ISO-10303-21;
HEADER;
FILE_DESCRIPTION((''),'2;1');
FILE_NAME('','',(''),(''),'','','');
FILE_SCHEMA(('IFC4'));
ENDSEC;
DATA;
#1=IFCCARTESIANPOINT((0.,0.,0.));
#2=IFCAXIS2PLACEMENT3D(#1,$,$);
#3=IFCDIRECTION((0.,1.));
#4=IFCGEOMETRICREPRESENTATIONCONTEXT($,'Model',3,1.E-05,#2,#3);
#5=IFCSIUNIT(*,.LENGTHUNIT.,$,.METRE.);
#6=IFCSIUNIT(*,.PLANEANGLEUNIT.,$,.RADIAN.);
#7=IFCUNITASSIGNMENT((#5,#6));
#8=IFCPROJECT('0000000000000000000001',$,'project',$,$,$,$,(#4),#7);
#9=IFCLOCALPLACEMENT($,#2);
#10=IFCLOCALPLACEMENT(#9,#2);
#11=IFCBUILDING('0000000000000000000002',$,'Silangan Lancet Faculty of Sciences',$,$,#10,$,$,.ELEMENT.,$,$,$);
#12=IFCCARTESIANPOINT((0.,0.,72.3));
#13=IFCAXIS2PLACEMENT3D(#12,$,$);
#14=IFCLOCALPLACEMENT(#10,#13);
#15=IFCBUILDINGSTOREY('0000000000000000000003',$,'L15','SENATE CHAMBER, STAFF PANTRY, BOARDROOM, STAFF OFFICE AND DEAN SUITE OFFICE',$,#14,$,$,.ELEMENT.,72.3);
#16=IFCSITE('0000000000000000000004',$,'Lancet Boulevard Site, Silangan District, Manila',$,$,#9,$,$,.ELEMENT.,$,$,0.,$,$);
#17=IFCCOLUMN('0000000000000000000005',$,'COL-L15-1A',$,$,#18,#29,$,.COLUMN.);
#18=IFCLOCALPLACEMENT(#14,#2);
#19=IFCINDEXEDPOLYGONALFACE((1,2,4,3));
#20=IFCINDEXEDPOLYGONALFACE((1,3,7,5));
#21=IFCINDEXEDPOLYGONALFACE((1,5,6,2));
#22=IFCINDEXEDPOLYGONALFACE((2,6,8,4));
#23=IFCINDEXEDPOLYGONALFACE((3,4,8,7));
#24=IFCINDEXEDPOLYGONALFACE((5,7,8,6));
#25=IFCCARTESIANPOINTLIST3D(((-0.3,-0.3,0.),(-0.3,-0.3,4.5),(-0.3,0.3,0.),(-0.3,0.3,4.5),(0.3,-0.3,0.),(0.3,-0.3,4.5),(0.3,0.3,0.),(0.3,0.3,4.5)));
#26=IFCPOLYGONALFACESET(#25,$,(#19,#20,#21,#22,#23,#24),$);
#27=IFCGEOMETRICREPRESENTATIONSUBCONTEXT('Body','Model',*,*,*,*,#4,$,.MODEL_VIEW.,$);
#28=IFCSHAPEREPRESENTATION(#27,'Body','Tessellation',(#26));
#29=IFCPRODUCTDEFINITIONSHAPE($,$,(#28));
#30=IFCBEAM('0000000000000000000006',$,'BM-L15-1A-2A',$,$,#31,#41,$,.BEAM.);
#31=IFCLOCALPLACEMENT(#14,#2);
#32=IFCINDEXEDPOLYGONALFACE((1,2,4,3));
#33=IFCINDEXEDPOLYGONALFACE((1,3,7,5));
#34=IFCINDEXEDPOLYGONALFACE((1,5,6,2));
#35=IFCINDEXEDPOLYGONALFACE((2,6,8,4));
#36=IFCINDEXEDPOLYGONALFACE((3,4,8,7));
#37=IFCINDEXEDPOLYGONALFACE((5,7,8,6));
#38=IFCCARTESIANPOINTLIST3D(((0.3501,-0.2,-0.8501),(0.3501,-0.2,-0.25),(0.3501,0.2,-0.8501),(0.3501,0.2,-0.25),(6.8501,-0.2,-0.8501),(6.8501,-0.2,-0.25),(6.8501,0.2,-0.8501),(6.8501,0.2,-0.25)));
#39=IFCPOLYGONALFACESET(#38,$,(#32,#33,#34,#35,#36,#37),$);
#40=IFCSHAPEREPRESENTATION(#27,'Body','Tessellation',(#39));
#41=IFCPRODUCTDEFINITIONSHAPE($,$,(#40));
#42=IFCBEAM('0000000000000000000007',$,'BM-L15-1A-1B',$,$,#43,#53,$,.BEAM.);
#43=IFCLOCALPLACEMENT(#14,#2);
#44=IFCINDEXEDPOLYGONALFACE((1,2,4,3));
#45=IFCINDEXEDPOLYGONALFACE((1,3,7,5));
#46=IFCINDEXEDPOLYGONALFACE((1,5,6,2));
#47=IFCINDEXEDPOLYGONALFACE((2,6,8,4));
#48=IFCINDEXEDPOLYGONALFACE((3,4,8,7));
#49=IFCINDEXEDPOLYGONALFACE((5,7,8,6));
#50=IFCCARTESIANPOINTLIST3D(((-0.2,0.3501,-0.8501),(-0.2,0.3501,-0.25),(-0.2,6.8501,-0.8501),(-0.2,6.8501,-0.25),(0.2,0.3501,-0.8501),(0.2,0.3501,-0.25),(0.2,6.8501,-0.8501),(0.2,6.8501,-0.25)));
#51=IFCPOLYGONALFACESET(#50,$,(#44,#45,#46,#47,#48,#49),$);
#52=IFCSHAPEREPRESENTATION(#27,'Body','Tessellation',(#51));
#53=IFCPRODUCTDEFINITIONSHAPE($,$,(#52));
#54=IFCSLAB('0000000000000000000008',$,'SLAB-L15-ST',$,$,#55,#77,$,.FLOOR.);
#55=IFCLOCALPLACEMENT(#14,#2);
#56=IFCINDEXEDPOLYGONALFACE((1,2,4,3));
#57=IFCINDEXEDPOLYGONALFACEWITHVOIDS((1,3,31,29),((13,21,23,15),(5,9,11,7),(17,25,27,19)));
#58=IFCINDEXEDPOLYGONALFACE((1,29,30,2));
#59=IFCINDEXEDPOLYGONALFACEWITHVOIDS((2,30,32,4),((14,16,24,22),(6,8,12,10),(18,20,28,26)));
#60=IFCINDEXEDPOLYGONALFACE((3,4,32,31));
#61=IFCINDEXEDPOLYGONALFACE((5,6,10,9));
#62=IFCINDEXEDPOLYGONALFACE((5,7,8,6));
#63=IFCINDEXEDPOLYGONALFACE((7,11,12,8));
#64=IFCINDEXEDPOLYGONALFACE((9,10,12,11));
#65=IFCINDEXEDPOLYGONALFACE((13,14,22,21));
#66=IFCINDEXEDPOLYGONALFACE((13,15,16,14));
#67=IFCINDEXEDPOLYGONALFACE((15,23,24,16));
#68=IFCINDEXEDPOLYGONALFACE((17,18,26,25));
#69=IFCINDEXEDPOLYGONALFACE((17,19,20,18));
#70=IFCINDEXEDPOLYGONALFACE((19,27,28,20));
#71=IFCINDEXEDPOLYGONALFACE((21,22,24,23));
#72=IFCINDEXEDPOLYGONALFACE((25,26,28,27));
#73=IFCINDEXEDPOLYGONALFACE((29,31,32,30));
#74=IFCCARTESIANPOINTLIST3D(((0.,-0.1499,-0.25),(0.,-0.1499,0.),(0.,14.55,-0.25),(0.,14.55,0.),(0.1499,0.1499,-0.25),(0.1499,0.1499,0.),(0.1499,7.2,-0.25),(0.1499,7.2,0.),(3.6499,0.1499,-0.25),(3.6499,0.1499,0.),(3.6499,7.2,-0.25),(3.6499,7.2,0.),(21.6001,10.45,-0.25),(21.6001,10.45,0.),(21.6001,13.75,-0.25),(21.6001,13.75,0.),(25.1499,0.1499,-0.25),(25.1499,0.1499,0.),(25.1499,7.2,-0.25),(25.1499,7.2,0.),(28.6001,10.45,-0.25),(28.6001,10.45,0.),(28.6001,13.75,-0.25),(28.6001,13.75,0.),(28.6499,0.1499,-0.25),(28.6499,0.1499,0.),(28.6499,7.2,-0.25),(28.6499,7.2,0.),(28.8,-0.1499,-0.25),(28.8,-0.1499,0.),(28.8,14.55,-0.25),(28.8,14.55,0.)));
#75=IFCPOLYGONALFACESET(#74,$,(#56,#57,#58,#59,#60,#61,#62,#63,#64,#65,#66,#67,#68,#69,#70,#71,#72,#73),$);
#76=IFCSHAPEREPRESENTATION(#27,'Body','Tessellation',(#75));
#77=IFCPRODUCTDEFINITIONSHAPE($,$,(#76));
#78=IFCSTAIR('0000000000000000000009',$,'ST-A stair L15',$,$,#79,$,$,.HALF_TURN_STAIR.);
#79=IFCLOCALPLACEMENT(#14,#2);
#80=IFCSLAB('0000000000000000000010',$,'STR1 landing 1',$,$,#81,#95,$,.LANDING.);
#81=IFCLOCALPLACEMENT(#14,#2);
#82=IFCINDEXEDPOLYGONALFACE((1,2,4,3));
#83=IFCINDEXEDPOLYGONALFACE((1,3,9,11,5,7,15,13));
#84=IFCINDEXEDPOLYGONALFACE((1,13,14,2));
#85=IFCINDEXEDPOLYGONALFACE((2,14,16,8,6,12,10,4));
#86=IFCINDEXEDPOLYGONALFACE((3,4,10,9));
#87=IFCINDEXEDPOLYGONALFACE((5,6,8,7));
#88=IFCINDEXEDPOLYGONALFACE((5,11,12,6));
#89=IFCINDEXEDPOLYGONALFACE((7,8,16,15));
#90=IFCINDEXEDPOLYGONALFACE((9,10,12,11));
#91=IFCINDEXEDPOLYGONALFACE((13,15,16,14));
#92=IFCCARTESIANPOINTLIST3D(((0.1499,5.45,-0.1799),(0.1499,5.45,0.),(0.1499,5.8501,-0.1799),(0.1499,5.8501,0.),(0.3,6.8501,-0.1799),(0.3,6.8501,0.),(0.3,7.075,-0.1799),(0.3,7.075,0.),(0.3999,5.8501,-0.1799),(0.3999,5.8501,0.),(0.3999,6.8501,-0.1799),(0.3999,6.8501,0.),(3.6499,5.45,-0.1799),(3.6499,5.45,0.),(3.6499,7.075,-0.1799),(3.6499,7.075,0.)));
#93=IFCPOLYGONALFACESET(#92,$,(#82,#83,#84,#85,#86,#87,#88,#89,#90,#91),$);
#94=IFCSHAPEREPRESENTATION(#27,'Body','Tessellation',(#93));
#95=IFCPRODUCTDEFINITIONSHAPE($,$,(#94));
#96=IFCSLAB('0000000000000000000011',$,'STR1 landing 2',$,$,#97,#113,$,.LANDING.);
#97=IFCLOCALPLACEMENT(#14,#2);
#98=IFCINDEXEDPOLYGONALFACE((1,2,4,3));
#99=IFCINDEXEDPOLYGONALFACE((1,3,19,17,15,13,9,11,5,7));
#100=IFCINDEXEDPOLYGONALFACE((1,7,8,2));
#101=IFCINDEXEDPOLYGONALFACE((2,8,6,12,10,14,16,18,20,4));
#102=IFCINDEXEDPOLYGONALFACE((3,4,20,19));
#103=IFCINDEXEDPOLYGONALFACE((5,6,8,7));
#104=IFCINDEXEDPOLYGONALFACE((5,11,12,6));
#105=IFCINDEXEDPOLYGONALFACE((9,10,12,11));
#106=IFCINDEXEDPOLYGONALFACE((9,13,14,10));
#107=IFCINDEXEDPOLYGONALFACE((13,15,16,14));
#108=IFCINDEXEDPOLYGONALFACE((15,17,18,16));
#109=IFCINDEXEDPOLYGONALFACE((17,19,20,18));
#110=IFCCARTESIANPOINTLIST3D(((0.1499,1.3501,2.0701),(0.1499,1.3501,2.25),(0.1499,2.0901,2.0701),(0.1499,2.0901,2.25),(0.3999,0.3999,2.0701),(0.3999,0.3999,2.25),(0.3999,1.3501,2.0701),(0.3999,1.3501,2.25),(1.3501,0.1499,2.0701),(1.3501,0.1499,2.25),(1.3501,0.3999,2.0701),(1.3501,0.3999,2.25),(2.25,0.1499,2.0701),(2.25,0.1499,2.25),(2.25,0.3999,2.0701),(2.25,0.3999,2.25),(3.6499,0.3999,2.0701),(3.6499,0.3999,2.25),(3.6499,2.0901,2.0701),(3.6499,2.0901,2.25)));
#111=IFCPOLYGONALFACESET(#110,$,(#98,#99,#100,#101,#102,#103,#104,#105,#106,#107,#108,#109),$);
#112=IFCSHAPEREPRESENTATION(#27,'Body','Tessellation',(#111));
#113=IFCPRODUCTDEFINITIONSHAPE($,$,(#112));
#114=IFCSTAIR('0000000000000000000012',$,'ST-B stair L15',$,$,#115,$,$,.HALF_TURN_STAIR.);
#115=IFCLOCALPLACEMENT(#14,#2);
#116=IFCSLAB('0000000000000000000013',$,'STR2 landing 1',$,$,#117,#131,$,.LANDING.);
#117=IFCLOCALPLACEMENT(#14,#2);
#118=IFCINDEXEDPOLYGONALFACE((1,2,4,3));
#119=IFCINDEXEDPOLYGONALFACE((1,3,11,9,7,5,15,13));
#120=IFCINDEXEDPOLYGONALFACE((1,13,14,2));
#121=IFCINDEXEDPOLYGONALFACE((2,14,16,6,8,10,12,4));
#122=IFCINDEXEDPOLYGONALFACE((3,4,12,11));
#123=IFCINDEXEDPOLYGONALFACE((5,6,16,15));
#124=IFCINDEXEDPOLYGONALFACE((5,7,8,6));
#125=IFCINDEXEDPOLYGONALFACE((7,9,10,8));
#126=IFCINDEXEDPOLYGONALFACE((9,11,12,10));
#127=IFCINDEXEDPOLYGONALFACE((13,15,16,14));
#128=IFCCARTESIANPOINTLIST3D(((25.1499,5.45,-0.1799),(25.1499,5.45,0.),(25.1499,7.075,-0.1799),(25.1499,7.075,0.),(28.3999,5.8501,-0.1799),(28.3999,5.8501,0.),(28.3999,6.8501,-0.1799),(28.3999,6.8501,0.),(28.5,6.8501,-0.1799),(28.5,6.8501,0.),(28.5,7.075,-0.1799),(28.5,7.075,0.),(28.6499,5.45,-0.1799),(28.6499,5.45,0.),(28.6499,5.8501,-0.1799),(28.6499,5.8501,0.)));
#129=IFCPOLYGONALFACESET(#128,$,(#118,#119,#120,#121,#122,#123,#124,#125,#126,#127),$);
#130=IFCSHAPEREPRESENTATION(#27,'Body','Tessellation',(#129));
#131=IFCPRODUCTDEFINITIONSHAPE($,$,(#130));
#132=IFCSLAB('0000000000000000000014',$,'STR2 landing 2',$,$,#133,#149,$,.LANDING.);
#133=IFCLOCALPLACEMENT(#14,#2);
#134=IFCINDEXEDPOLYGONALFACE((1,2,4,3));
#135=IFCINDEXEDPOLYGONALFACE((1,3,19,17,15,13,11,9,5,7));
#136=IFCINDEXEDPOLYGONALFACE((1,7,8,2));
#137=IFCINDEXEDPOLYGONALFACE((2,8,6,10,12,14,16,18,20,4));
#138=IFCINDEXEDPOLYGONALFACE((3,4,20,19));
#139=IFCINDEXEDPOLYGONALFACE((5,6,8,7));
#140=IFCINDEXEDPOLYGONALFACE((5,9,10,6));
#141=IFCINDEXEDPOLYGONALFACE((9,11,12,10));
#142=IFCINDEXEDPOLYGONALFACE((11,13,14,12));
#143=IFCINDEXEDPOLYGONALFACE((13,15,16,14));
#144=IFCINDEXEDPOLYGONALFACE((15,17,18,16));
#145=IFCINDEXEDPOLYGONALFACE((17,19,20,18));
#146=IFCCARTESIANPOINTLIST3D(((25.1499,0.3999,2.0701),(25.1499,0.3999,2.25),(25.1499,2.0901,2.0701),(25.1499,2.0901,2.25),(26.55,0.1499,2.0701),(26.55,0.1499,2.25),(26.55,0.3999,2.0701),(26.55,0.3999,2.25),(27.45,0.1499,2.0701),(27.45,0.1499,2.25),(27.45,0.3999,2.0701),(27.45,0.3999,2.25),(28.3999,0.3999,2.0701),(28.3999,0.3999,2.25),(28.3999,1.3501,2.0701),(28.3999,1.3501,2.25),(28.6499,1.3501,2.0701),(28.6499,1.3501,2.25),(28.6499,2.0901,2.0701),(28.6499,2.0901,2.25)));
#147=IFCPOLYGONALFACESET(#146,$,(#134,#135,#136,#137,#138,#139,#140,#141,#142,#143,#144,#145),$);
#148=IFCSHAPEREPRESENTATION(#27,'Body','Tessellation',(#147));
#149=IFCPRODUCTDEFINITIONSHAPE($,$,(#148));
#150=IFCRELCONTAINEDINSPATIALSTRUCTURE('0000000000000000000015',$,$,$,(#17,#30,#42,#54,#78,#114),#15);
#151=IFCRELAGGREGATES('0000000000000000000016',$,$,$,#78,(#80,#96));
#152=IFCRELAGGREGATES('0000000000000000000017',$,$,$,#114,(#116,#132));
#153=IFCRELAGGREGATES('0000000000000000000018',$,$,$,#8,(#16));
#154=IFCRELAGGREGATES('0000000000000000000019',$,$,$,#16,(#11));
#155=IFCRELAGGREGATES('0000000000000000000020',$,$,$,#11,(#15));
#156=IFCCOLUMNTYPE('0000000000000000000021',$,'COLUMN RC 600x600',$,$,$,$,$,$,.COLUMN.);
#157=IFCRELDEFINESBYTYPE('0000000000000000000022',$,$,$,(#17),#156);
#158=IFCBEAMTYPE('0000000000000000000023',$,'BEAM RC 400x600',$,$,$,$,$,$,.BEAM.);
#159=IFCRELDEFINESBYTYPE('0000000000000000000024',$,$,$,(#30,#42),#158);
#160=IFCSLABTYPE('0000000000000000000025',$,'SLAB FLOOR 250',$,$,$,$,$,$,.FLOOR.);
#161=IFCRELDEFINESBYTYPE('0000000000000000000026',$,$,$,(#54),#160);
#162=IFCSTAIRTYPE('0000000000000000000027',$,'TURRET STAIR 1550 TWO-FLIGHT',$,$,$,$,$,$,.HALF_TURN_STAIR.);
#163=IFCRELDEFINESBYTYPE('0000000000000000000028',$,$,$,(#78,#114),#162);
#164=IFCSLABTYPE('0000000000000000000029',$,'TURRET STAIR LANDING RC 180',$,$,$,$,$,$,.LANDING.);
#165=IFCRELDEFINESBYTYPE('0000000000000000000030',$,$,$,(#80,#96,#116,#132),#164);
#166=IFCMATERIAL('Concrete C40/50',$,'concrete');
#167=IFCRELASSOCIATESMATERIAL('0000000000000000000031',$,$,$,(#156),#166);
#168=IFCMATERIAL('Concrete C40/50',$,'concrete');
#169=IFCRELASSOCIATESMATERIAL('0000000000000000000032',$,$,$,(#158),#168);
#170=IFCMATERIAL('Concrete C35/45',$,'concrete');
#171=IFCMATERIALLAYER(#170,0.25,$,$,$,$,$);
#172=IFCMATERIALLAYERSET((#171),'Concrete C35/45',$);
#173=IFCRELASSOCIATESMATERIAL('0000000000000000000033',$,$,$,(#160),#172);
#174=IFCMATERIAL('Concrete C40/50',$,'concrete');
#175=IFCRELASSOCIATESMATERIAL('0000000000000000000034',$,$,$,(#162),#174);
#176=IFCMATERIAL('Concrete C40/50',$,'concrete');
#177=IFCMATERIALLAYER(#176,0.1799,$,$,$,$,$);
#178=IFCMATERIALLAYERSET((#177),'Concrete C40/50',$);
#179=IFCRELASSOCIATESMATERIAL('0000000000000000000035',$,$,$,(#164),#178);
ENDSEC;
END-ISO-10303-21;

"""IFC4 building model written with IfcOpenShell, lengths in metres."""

from ifc_helpers import new_model, si_unit, direction, frame, origin, origin_with_axes, origin_2d, place, context, subcontext, project, spatial, polyline, rectangle, outline, extrude, material, layer, layer_set, material_profile, profile_set, type_object, element, aggregate, save


model = new_model("IFC4")

# Units and contexts
model_context = context("Model", 3, precision=1e-05, world=origin(), true_north=direction((0.0, 1.0)))
body_context = subcontext(model_context, "Body", "Model", "MODEL_VIEW")
ifc_project = project(units=[si_unit("LENGTHUNIT", "METRE"), si_unit("PLANEANGLEUNIT", "RADIAN")], contexts=[model_context])

# Site, building, storey
site_placement = place(None, origin())
site = spatial("IfcSite", under=ifc_project, at=site_placement, Name="Lancet Boulevard Site, Silangan District, Manila", CompositionType="ELEMENT", RefElevation=0.0)
building_placement = place(site_placement, origin())
building = spatial("IfcBuilding", under=site, at=building_placement, Name="Silangan Lancet Faculty of Sciences", CompositionType="ELEMENT")
storey_placement = place(building_placement, frame((0.0, 0.0, 72.3)))
storey = spatial("IfcBuildingStorey", under=building, at=storey_placement, Name="L15", Description="SENATE CHAMBER, STAFF PANTRY, BOARDROOM, STAFF OFFICE AND DEAN SUITE OFFICE", CompositionType="ELEMENT", Elevation=72.3)

# Column
ifc_material_1 = material(Name="Concrete C40/50", Category="concrete")
ifc_material_profile_1 = material_profile(ifc_material_1, rectangle(XDim=0.6001, YDim=0.6001, at=origin_2d()), Name="RC 600x600")
ifc_profile_set_1 = profile_set([ifc_material_profile_1], Name="Concrete C40/50")
column_type = type_object("IfcColumnType", Name="COLUMN RC 600x600", PredefinedType="COLUMN", material=ifc_profile_set_1)
column_placement = place(storey_placement, origin_with_axes())
element("IfcColumn", 1, at=column_placement, inside=storey, type_object=column_type, Name="COL-L15-1A", PredefinedType="COLUMN", context=body_context, shape_type="SweptSolid", body=[
    extrude(rectangle(XDim=0.6001, YDim=0.6001, at=origin_2d()), origin(), (0.0, 0.0, 1.0), 4.5),
])

# Beams
ifc_material_2 = material(Name="Concrete C40/50", Category="concrete")
ifc_material_profile_2 = material_profile(ifc_material_2, rectangle(XDim=0.3999, YDim=0.6001, at=origin_2d()), Name="RC 400x600")
ifc_profile_set_2 = profile_set([ifc_material_profile_2], Name="Concrete C40/50")
beam_type = type_object("IfcBeamType", Name="BEAM RC 400x600", PredefinedType="BEAM", material=ifc_profile_set_2)
for number, where, z_axis, x_axis, name in (
    (2, (0.3501, 0.0, -0.55), (1.0, 0.0, 0.0), (0.0, 1.0, 0.0), "BM-L15-1A-2A"),
    (3, (0.0, 0.3501, -0.55), (0.0, 1.0, 0.0), (-1.0, 0.0, 0.0), "BM-L15-1A-1B"),
):
    element("IfcBeam", number, at=place(storey_placement, frame(where, z_axis=z_axis, x_axis=x_axis)), inside=storey, type_object=beam_type, Name=name, PredefinedType="BEAM", context=body_context, shape_type="SweptSolid", body=[
        extrude(rectangle(XDim=0.3999, YDim=0.6001, at=origin_2d()), origin(), (0.0, 0.0, 1.0), 6.5),
    ])

# Slab
ifc_material_3 = material(Name="Concrete C35/45", Category="concrete")
ifc_layer_1 = layer(ifc_material_3, 0.25)
ifc_layer_set_1 = layer_set([ifc_layer_1], Name="Concrete C35/45")
slab_type_1 = type_object("IfcSlabType", Name="SLAB FLOOR 250", PredefinedType="FLOOR", material=ifc_layer_set_1)
slab_1_placement = place(storey_placement, frame((0.0, 0.0, -0.25)))
element("IfcSlab", 4, at=slab_1_placement, inside=storey, type_object=slab_type_1, Name="SLAB-L15-ST", PredefinedType="FLOOR", context=body_context, shape_type="SweptSolid", body=[
    extrude(outline(polyline([(0.0, 14.55), (0.0, -0.1499), (28.8, -0.1499), (28.8, 14.55), (0.0, 14.55)]), holes=[polyline([(0.1499, 0.1499), (0.1499, 7.2), (3.6499, 7.2), (3.6499, 0.1499), (0.1499, 0.1499)]), polyline([(25.1499, 7.2), (28.6499, 7.2), (28.6499, 0.1499), (25.1499, 0.1499), (25.1499, 7.2)]), polyline([(21.6001, 13.75), (28.6001, 13.75), (28.6001, 10.45), (21.6001, 10.45), (21.6001, 13.75)])]), origin(), (0.0, 0.0, 1.0), 0.25),
])

# Stairs, slabs
ifc_material_4 = material(Name="Concrete C40/50", Category="concrete")
stair_type = type_object("IfcStairType", Name="TURRET STAIR 1550 TWO-FLIGHT", PredefinedType="HALF_TURN_STAIR", material=ifc_material_4)
stair_1_placement = place(storey_placement, origin())
stair_1 = element("IfcStair", 5, at=stair_1_placement, inside=storey, type_object=stair_type, Name="ST-A stair L15", PredefinedType="HALF_TURN_STAIR")
ifc_material_5 = material(Name="Concrete C40/50", Category="concrete")
ifc_layer_2 = layer(ifc_material_5, 0.1799)
ifc_layer_set_2 = layer_set([ifc_layer_2], Name="Concrete C40/50")
slab_type_2 = type_object("IfcSlabType", Name="TURRET STAIR LANDING RC 180", PredefinedType="LANDING", material=ifc_layer_set_2)
slab_2_placement = place(storey_placement, frame((0.0, 0.0, -0.1799)))
slab_2 = element("IfcSlab", 6, at=slab_2_placement, type_object=slab_type_2, Name="STR1 landing 1", PredefinedType="LANDING", context=body_context, shape_type="SweptSolid", body=[
    extrude(outline(polyline([(0.3, 6.8501), (0.3, 7.075), (3.6499, 7.075), (3.6499, 5.45), (0.1499, 5.45), (0.1499, 5.8501), (0.3999, 5.8501), (0.3999, 6.8501), (0.3, 6.8501)])), origin(), (0.0, 0.0, 1.0), 0.1799),
])
slab_3_placement = place(storey_placement, frame((0.0, 0.0, 2.0701)))
slab_3 = element("IfcSlab", 7, at=slab_3_placement, type_object=slab_type_2, Name="STR1 landing 2", PredefinedType="LANDING", context=body_context, shape_type="SweptSolid", body=[
    extrude(outline(polyline([(1.3501, 0.1499), (1.3501, 0.3999), (0.3999, 0.3999), (0.3999, 1.3501), (0.1499, 1.3501), (0.1499, 2.0901), (3.6499, 2.0901), (3.6499, 0.3999), (2.25, 0.3999), (2.25, 0.1499), (1.3501, 0.1499)])), origin(), (0.0, 0.0, 1.0), 0.1799),
])
aggregate(stair_1, [slab_2, slab_3])
stair_2_placement = place(storey_placement, origin())
stair_2 = element("IfcStair", 8, at=stair_2_placement, inside=storey, type_object=stair_type, Name="ST-B stair L15", PredefinedType="HALF_TURN_STAIR")
slab_4_placement = place(storey_placement, frame((0.0, 0.0, -0.1799)))
slab_4 = element("IfcSlab", 9, at=slab_4_placement, type_object=slab_type_2, Name="STR2 landing 1", PredefinedType="LANDING", context=body_context, shape_type="SweptSolid", body=[
    extrude(outline(polyline([(28.5, 6.8501), (28.3999, 6.8501), (28.3999, 5.8501), (28.6499, 5.8501), (28.6499, 5.45), (25.1499, 5.45), (25.1499, 7.075), (28.5, 7.075), (28.5, 6.8501)])), origin(), (0.0, 0.0, 1.0), 0.1799),
])
slab_5_placement = place(storey_placement, frame((0.0, 0.0, 2.0701)))
slab_5 = element("IfcSlab", 10, at=slab_5_placement, type_object=slab_type_2, Name="STR2 landing 2", PredefinedType="LANDING", context=body_context, shape_type="SweptSolid", body=[
    extrude(outline(polyline([(26.55, 0.1499), (26.55, 0.3999), (25.1499, 0.3999), (25.1499, 2.0901), (28.6499, 2.0901), (28.6499, 1.3501), (28.3999, 1.3501), (28.3999, 0.3999), (27.45, 0.3999), (27.45, 0.1499), (26.55, 0.1499)])), origin(), (0.0, 0.0, 1.0), 0.1799),
])
aggregate(stair_2, [slab_4, slab_5])

save(model, "model.ifc")
